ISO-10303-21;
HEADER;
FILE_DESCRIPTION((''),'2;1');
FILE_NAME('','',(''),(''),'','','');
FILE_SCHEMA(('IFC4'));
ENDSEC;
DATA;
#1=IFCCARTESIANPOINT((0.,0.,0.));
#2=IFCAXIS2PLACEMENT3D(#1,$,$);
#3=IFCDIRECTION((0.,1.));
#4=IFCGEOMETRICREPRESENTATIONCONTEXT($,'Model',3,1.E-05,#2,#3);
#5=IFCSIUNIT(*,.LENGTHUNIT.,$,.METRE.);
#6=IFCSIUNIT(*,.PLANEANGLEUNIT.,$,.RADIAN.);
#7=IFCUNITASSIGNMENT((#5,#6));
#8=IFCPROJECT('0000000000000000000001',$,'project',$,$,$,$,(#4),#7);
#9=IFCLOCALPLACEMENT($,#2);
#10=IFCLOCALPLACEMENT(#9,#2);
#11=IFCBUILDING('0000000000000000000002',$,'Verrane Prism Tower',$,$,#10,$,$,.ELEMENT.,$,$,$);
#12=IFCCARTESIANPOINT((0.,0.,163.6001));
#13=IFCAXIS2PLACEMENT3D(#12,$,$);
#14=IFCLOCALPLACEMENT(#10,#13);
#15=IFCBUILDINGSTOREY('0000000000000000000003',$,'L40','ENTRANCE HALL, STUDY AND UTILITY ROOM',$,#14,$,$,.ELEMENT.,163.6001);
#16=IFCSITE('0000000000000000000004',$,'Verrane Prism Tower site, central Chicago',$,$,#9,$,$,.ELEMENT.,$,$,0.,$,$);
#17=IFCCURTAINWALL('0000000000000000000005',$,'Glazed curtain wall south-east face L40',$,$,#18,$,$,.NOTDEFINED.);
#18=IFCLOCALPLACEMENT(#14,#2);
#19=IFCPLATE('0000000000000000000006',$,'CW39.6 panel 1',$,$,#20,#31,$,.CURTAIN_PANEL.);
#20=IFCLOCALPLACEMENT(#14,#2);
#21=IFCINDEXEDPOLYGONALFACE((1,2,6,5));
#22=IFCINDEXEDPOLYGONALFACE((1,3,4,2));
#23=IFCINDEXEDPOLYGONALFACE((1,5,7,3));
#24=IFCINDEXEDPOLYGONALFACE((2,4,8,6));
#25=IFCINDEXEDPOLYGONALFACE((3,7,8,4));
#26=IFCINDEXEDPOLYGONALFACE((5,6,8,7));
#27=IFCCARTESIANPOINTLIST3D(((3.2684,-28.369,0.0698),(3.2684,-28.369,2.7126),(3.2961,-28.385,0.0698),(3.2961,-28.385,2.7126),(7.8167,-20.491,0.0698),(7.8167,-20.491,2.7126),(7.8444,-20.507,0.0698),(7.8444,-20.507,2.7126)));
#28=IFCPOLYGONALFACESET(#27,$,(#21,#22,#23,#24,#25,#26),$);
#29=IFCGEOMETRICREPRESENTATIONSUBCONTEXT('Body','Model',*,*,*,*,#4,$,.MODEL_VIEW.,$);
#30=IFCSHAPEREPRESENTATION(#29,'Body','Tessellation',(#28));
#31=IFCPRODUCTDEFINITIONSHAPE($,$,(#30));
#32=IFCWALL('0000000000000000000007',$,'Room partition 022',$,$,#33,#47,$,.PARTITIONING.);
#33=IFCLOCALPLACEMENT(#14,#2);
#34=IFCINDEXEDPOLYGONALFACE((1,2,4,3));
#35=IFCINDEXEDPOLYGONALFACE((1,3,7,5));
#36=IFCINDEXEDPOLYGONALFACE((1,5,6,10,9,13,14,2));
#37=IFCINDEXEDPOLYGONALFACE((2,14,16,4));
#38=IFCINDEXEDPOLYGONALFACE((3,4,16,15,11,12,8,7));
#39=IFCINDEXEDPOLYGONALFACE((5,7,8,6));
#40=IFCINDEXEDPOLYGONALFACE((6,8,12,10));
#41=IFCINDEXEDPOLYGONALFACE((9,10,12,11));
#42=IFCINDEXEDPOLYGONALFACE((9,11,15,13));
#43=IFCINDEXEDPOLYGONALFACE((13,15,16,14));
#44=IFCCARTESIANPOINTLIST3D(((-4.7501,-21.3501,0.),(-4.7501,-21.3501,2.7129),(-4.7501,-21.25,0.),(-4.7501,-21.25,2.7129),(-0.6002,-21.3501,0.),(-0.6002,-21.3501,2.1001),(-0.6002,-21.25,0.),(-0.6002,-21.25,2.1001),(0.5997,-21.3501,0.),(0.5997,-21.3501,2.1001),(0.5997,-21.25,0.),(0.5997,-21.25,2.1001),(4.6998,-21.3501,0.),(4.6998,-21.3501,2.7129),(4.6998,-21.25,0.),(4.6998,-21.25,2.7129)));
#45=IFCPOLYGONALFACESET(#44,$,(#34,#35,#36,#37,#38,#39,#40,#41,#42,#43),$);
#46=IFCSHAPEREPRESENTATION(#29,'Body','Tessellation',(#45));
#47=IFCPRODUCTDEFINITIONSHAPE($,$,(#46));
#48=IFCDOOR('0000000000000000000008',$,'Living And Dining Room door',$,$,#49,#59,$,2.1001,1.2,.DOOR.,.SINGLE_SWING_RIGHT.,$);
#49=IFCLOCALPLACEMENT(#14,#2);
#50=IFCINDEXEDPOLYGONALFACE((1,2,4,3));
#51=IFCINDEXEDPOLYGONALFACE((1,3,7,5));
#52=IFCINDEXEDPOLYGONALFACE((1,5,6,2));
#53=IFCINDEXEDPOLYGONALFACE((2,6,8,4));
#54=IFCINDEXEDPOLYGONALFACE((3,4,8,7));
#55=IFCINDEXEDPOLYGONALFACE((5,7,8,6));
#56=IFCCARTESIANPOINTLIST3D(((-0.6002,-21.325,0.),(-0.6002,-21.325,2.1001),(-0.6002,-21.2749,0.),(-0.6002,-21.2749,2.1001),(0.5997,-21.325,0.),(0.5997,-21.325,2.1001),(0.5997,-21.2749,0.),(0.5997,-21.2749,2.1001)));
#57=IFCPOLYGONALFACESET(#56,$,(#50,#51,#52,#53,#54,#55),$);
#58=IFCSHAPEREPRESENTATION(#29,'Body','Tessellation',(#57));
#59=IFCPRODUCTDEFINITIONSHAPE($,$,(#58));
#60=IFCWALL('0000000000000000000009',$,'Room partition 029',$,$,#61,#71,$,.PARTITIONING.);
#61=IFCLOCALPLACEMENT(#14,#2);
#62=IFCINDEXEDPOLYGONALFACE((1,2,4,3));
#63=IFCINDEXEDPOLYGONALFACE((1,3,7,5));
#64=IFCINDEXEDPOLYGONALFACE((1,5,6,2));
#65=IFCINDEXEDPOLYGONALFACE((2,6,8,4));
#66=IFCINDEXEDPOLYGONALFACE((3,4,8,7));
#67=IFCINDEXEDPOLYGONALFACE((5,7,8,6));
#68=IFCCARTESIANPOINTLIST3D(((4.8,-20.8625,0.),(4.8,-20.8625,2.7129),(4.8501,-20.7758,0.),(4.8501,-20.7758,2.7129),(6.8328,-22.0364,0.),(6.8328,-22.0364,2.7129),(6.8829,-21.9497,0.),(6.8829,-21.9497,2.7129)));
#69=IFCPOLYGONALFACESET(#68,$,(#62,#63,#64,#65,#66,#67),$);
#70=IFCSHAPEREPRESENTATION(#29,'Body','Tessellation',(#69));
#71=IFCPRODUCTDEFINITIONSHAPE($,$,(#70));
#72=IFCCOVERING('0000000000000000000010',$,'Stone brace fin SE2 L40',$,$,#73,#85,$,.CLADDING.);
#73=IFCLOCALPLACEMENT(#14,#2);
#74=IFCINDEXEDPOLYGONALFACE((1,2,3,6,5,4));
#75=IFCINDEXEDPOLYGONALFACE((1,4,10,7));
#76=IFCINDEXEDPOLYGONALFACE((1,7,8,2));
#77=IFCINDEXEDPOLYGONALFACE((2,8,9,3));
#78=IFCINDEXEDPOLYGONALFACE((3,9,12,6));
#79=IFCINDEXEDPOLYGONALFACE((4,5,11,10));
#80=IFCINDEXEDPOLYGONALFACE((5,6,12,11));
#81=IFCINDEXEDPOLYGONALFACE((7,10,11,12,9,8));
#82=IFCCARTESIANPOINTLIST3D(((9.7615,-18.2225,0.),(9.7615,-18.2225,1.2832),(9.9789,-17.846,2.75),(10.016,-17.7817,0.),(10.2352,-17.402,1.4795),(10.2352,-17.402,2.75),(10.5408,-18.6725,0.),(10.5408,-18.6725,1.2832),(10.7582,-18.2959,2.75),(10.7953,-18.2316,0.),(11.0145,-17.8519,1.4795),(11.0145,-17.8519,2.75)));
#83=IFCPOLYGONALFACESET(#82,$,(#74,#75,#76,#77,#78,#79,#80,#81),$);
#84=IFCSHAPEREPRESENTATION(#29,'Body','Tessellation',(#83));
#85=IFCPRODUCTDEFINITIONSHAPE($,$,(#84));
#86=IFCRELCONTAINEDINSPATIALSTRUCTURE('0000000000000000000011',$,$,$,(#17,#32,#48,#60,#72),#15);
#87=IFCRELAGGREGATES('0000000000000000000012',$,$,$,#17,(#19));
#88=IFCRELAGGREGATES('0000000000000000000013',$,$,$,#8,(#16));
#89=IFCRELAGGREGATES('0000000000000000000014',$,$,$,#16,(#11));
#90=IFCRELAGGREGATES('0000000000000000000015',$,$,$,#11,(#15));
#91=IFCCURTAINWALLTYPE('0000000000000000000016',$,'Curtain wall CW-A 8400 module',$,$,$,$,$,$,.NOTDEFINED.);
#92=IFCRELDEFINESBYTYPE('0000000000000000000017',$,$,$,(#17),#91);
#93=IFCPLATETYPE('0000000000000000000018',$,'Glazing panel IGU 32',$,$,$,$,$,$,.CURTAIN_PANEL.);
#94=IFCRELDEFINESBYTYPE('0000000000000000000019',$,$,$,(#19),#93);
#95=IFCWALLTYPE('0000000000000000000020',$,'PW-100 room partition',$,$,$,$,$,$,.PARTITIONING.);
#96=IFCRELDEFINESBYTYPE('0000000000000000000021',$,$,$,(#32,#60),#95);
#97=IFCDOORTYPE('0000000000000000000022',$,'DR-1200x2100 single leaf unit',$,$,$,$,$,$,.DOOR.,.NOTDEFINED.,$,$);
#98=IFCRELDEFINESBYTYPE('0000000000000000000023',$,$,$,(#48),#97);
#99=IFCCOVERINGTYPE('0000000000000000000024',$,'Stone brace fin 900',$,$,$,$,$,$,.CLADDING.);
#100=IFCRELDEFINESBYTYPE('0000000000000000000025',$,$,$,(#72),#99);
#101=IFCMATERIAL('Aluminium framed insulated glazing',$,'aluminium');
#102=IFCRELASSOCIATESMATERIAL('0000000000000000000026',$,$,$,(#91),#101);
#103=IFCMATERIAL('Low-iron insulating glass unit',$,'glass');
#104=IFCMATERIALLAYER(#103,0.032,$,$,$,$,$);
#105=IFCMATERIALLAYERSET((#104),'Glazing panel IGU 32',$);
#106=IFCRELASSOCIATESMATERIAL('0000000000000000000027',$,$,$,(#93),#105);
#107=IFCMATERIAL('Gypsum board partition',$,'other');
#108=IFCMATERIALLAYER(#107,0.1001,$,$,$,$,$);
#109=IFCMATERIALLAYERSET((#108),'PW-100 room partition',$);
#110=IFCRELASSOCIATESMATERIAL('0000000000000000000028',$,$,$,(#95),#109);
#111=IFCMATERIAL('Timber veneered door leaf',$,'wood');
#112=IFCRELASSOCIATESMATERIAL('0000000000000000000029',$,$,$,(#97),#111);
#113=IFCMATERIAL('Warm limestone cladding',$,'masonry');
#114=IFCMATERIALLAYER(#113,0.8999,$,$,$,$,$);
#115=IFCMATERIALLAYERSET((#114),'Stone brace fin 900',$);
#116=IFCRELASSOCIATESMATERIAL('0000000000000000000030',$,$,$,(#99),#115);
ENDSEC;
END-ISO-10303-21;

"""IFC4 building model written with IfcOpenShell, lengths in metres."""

from ifc_helpers import new_model, si_unit, direction, frame, frame_2d, origin, origin_2d, place, context, subcontext, project, spatial, polyline, rectangle, outline, extrude, material, layer, layer_set, type_object, element, fill, aggregate, save


model = new_model("IFC4")

# Units and contexts
model_context = context("Model", 3, precision=1e-05, world=origin(), true_north=direction((0.0, 1.0)))
body_context = subcontext(model_context, "Body", "Model", "MODEL_VIEW")
ifc_project = project(units=[si_unit("LENGTHUNIT", "METRE"), si_unit("PLANEANGLEUNIT", "RADIAN")], contexts=[model_context])

# Site, building, storey
site_placement = place(None, origin())
site = spatial("IfcSite", under=ifc_project, at=site_placement, Name="Verrane Prism Tower site, central Chicago", CompositionType="ELEMENT", RefElevation=0.0)
building_placement = place(site_placement, origin())
building = spatial("IfcBuilding", under=site, at=building_placement, Name="Verrane Prism Tower", CompositionType="ELEMENT")
storey_placement = place(building_placement, frame((0.0, 0.0, 163.6001)))
storey = spatial("IfcBuildingStorey", under=building, at=storey_placement, Name="L40", Description="ENTRANCE HALL, STUDY AND UTILITY ROOM", CompositionType="ELEMENT", Elevation=163.6001)

# Curtain wall
ifc_material_1 = material(Name="Aluminium framed insulated glazing", Category="aluminium")
curtain_wall_type = type_object("IfcCurtainWallType", Name="Curtain wall CW-A 8400 module", PredefinedType="NOTDEFINED", material=ifc_material_1)
curtain_wall_1_placement = place(storey_placement, origin())
curtain_wall_1 = element("IfcCurtainWall", 1, at=curtain_wall_1_placement, inside=storey, type_object=curtain_wall_type, Name="Glazed curtain wall south-east face L40", PredefinedType="NOTDEFINED")

# Shared definitions
ifc_material_2 = material(Name="Low-iron insulating glass unit", Category="glass")
ifc_layer_1 = layer(ifc_material_2, 0.032)
ifc_layer_set_1 = layer_set([ifc_layer_1], Name="Glazing panel IGU 32")
plate_type = type_object("IfcPlateType", Name="Glazing panel IGU 32", PredefinedType="CURTAIN_PANEL", material=ifc_layer_set_1)

# Plate
plate_1_placement = place(storey_placement, frame((5.5564, -24.438, 0.0698), z_axis=(0.0, 0.0, 1.0), x_axis=(0.499999, 0.866026, 0.0)))
plate_1 = element("IfcPlate", 2, at=plate_1_placement, type_object=plate_type, Name="CW39.6 panel 1", PredefinedType="CURTAIN_PANEL", context=body_context, shape_type="SweptSolid", body=[
    extrude(rectangle(XDim=9.0967, YDim=0.032, at=origin_2d()), origin(), (0.0, 0.0, 1.0), 2.6428),
])
aggregate(curtain_wall_1, [plate_1])

# Wall, opening, door
ifc_material_3 = material(Name="Gypsum board partition", Category="other")
ifc_layer_2 = layer(ifc_material_3, 0.1001)
ifc_layer_set_2 = layer_set([ifc_layer_2], Name="PW-100 room partition")
wall_type = type_object("IfcWallType", Name="PW-100 room partition", PredefinedType="PARTITIONING", material=ifc_layer_set_2)
wall_1_placement = place(storey_placement, frame((4.7, -21.3, 0.0), z_axis=(0.0, 0.0, 1.0), x_axis=(-1.0, 0.0, 0.0)))
wall_1 = element("IfcWall", 3, at=wall_1_placement, inside=storey, type_object=wall_type, Name="Room partition 022", PredefinedType="PARTITIONING", context=body_context, shape_type="SweptSolid", body=[
    extrude(rectangle(XDim=9.45, YDim=0.1001, at=frame_2d((4.7251, 0.0))), origin(), (0.0, 0.0, 1.0), 2.7129),
])
opening_placement = place(wall_1_placement, frame((4.1001, 0.0, 0.0)))
opening = element("IfcOpeningElement", 4, at=opening_placement, cuts=wall_1, PredefinedType="OPENING", context=body_context, shape_type="SweptSolid", body=[
    extrude(rectangle(XDim=1.2, YDim=2.1001, at=frame_2d((0.6001, 1.05))), frame((0.0, 0.0601, 0.0), z_axis=(0.0, -1.0, 0.0), x_axis=(1.0, 0.0, 0.0)), (0.0, 0.0, 1.0), 0.1201),
])
ifc_material_4 = material(Name="Timber veneered door leaf", Category="wood")
door_type = type_object("IfcDoorType", Name="DR-1200x2100 single leaf unit", OperationType="NOTDEFINED", PredefinedType="DOOR", material=ifc_material_4)
door_placement = place(opening_placement, origin())
door = element("IfcDoor", 5, at=door_placement, inside=storey, type_object=door_type, Name="Living And Dining Room door", OperationType="SINGLE_SWING_RIGHT", OverallHeight=2.1001, OverallWidth=1.2, PredefinedType="DOOR", context=body_context, shape_type="SweptSolid", body=[
    extrude(rectangle(XDim=1.2, YDim=2.1001, at=frame_2d((0.6001, 1.05))), frame((0.0, 0.0249, 0.0), z_axis=(0.0, -1.0, 0.0), x_axis=(1.0, 0.0, 0.0)), (0.0, 0.0, 1.0), 0.05),
])
fill(opening, door)

# Wall
wall_2_placement = place(storey_placement, frame((4.825, -20.8191, 0.0), z_axis=(0.0, 0.0, 1.0), x_axis=(0.865981, -0.500077, 0.0)))
element("IfcWall", 6, at=wall_2_placement, inside=storey, type_object=wall_type, Name="Room partition 029", PredefinedType="PARTITIONING", context=body_context, shape_type="SweptSolid", body=[
    extrude(rectangle(XDim=2.3474, YDim=0.1001, at=frame_2d((1.1738, 0.0))), origin(), (0.0, 0.0, 1.0), 2.7129),
])

# Covering
ifc_material_5 = material(Name="Warm limestone cladding", Category="masonry")
ifc_layer_3 = layer(ifc_material_5, 0.8999)
ifc_layer_set_3 = layer_set([ifc_layer_3], Name="Stone brace fin 900")
covering_type = type_object("IfcCoveringType", Name="Stone brace fin 900", PredefinedType="CLADDING", material=ifc_layer_set_3)
covering_placement = place(storey_placement, frame((10.1511, -18.4475, 0.0), z_axis=(0.0, 0.0, 1.0), x_axis=(0.49999, 0.866031, 0.0)))
element("IfcCovering", 7, at=covering_placement, inside=storey, type_object=covering_type, Name="Stone brace fin SE2 L40", PredefinedType="CLADDING", context=body_context, shape_type="SweptSolid", body=[
    extrude(outline(polyline([(0.9475, 2.75), (0.4348, 2.75), (0.0, 1.2832), (0.0, 0.0), (0.509, 0.0), (0.9475, 1.4795), (0.9475, 2.75)])), frame((0.0, 0.45, 0.0), z_axis=(0.0, -1.0, 0.0), x_axis=(1.0, 0.0, 0.0)), (0.0, 0.0, 1.0), 0.8999),
])

save(model, "model.ifc")
